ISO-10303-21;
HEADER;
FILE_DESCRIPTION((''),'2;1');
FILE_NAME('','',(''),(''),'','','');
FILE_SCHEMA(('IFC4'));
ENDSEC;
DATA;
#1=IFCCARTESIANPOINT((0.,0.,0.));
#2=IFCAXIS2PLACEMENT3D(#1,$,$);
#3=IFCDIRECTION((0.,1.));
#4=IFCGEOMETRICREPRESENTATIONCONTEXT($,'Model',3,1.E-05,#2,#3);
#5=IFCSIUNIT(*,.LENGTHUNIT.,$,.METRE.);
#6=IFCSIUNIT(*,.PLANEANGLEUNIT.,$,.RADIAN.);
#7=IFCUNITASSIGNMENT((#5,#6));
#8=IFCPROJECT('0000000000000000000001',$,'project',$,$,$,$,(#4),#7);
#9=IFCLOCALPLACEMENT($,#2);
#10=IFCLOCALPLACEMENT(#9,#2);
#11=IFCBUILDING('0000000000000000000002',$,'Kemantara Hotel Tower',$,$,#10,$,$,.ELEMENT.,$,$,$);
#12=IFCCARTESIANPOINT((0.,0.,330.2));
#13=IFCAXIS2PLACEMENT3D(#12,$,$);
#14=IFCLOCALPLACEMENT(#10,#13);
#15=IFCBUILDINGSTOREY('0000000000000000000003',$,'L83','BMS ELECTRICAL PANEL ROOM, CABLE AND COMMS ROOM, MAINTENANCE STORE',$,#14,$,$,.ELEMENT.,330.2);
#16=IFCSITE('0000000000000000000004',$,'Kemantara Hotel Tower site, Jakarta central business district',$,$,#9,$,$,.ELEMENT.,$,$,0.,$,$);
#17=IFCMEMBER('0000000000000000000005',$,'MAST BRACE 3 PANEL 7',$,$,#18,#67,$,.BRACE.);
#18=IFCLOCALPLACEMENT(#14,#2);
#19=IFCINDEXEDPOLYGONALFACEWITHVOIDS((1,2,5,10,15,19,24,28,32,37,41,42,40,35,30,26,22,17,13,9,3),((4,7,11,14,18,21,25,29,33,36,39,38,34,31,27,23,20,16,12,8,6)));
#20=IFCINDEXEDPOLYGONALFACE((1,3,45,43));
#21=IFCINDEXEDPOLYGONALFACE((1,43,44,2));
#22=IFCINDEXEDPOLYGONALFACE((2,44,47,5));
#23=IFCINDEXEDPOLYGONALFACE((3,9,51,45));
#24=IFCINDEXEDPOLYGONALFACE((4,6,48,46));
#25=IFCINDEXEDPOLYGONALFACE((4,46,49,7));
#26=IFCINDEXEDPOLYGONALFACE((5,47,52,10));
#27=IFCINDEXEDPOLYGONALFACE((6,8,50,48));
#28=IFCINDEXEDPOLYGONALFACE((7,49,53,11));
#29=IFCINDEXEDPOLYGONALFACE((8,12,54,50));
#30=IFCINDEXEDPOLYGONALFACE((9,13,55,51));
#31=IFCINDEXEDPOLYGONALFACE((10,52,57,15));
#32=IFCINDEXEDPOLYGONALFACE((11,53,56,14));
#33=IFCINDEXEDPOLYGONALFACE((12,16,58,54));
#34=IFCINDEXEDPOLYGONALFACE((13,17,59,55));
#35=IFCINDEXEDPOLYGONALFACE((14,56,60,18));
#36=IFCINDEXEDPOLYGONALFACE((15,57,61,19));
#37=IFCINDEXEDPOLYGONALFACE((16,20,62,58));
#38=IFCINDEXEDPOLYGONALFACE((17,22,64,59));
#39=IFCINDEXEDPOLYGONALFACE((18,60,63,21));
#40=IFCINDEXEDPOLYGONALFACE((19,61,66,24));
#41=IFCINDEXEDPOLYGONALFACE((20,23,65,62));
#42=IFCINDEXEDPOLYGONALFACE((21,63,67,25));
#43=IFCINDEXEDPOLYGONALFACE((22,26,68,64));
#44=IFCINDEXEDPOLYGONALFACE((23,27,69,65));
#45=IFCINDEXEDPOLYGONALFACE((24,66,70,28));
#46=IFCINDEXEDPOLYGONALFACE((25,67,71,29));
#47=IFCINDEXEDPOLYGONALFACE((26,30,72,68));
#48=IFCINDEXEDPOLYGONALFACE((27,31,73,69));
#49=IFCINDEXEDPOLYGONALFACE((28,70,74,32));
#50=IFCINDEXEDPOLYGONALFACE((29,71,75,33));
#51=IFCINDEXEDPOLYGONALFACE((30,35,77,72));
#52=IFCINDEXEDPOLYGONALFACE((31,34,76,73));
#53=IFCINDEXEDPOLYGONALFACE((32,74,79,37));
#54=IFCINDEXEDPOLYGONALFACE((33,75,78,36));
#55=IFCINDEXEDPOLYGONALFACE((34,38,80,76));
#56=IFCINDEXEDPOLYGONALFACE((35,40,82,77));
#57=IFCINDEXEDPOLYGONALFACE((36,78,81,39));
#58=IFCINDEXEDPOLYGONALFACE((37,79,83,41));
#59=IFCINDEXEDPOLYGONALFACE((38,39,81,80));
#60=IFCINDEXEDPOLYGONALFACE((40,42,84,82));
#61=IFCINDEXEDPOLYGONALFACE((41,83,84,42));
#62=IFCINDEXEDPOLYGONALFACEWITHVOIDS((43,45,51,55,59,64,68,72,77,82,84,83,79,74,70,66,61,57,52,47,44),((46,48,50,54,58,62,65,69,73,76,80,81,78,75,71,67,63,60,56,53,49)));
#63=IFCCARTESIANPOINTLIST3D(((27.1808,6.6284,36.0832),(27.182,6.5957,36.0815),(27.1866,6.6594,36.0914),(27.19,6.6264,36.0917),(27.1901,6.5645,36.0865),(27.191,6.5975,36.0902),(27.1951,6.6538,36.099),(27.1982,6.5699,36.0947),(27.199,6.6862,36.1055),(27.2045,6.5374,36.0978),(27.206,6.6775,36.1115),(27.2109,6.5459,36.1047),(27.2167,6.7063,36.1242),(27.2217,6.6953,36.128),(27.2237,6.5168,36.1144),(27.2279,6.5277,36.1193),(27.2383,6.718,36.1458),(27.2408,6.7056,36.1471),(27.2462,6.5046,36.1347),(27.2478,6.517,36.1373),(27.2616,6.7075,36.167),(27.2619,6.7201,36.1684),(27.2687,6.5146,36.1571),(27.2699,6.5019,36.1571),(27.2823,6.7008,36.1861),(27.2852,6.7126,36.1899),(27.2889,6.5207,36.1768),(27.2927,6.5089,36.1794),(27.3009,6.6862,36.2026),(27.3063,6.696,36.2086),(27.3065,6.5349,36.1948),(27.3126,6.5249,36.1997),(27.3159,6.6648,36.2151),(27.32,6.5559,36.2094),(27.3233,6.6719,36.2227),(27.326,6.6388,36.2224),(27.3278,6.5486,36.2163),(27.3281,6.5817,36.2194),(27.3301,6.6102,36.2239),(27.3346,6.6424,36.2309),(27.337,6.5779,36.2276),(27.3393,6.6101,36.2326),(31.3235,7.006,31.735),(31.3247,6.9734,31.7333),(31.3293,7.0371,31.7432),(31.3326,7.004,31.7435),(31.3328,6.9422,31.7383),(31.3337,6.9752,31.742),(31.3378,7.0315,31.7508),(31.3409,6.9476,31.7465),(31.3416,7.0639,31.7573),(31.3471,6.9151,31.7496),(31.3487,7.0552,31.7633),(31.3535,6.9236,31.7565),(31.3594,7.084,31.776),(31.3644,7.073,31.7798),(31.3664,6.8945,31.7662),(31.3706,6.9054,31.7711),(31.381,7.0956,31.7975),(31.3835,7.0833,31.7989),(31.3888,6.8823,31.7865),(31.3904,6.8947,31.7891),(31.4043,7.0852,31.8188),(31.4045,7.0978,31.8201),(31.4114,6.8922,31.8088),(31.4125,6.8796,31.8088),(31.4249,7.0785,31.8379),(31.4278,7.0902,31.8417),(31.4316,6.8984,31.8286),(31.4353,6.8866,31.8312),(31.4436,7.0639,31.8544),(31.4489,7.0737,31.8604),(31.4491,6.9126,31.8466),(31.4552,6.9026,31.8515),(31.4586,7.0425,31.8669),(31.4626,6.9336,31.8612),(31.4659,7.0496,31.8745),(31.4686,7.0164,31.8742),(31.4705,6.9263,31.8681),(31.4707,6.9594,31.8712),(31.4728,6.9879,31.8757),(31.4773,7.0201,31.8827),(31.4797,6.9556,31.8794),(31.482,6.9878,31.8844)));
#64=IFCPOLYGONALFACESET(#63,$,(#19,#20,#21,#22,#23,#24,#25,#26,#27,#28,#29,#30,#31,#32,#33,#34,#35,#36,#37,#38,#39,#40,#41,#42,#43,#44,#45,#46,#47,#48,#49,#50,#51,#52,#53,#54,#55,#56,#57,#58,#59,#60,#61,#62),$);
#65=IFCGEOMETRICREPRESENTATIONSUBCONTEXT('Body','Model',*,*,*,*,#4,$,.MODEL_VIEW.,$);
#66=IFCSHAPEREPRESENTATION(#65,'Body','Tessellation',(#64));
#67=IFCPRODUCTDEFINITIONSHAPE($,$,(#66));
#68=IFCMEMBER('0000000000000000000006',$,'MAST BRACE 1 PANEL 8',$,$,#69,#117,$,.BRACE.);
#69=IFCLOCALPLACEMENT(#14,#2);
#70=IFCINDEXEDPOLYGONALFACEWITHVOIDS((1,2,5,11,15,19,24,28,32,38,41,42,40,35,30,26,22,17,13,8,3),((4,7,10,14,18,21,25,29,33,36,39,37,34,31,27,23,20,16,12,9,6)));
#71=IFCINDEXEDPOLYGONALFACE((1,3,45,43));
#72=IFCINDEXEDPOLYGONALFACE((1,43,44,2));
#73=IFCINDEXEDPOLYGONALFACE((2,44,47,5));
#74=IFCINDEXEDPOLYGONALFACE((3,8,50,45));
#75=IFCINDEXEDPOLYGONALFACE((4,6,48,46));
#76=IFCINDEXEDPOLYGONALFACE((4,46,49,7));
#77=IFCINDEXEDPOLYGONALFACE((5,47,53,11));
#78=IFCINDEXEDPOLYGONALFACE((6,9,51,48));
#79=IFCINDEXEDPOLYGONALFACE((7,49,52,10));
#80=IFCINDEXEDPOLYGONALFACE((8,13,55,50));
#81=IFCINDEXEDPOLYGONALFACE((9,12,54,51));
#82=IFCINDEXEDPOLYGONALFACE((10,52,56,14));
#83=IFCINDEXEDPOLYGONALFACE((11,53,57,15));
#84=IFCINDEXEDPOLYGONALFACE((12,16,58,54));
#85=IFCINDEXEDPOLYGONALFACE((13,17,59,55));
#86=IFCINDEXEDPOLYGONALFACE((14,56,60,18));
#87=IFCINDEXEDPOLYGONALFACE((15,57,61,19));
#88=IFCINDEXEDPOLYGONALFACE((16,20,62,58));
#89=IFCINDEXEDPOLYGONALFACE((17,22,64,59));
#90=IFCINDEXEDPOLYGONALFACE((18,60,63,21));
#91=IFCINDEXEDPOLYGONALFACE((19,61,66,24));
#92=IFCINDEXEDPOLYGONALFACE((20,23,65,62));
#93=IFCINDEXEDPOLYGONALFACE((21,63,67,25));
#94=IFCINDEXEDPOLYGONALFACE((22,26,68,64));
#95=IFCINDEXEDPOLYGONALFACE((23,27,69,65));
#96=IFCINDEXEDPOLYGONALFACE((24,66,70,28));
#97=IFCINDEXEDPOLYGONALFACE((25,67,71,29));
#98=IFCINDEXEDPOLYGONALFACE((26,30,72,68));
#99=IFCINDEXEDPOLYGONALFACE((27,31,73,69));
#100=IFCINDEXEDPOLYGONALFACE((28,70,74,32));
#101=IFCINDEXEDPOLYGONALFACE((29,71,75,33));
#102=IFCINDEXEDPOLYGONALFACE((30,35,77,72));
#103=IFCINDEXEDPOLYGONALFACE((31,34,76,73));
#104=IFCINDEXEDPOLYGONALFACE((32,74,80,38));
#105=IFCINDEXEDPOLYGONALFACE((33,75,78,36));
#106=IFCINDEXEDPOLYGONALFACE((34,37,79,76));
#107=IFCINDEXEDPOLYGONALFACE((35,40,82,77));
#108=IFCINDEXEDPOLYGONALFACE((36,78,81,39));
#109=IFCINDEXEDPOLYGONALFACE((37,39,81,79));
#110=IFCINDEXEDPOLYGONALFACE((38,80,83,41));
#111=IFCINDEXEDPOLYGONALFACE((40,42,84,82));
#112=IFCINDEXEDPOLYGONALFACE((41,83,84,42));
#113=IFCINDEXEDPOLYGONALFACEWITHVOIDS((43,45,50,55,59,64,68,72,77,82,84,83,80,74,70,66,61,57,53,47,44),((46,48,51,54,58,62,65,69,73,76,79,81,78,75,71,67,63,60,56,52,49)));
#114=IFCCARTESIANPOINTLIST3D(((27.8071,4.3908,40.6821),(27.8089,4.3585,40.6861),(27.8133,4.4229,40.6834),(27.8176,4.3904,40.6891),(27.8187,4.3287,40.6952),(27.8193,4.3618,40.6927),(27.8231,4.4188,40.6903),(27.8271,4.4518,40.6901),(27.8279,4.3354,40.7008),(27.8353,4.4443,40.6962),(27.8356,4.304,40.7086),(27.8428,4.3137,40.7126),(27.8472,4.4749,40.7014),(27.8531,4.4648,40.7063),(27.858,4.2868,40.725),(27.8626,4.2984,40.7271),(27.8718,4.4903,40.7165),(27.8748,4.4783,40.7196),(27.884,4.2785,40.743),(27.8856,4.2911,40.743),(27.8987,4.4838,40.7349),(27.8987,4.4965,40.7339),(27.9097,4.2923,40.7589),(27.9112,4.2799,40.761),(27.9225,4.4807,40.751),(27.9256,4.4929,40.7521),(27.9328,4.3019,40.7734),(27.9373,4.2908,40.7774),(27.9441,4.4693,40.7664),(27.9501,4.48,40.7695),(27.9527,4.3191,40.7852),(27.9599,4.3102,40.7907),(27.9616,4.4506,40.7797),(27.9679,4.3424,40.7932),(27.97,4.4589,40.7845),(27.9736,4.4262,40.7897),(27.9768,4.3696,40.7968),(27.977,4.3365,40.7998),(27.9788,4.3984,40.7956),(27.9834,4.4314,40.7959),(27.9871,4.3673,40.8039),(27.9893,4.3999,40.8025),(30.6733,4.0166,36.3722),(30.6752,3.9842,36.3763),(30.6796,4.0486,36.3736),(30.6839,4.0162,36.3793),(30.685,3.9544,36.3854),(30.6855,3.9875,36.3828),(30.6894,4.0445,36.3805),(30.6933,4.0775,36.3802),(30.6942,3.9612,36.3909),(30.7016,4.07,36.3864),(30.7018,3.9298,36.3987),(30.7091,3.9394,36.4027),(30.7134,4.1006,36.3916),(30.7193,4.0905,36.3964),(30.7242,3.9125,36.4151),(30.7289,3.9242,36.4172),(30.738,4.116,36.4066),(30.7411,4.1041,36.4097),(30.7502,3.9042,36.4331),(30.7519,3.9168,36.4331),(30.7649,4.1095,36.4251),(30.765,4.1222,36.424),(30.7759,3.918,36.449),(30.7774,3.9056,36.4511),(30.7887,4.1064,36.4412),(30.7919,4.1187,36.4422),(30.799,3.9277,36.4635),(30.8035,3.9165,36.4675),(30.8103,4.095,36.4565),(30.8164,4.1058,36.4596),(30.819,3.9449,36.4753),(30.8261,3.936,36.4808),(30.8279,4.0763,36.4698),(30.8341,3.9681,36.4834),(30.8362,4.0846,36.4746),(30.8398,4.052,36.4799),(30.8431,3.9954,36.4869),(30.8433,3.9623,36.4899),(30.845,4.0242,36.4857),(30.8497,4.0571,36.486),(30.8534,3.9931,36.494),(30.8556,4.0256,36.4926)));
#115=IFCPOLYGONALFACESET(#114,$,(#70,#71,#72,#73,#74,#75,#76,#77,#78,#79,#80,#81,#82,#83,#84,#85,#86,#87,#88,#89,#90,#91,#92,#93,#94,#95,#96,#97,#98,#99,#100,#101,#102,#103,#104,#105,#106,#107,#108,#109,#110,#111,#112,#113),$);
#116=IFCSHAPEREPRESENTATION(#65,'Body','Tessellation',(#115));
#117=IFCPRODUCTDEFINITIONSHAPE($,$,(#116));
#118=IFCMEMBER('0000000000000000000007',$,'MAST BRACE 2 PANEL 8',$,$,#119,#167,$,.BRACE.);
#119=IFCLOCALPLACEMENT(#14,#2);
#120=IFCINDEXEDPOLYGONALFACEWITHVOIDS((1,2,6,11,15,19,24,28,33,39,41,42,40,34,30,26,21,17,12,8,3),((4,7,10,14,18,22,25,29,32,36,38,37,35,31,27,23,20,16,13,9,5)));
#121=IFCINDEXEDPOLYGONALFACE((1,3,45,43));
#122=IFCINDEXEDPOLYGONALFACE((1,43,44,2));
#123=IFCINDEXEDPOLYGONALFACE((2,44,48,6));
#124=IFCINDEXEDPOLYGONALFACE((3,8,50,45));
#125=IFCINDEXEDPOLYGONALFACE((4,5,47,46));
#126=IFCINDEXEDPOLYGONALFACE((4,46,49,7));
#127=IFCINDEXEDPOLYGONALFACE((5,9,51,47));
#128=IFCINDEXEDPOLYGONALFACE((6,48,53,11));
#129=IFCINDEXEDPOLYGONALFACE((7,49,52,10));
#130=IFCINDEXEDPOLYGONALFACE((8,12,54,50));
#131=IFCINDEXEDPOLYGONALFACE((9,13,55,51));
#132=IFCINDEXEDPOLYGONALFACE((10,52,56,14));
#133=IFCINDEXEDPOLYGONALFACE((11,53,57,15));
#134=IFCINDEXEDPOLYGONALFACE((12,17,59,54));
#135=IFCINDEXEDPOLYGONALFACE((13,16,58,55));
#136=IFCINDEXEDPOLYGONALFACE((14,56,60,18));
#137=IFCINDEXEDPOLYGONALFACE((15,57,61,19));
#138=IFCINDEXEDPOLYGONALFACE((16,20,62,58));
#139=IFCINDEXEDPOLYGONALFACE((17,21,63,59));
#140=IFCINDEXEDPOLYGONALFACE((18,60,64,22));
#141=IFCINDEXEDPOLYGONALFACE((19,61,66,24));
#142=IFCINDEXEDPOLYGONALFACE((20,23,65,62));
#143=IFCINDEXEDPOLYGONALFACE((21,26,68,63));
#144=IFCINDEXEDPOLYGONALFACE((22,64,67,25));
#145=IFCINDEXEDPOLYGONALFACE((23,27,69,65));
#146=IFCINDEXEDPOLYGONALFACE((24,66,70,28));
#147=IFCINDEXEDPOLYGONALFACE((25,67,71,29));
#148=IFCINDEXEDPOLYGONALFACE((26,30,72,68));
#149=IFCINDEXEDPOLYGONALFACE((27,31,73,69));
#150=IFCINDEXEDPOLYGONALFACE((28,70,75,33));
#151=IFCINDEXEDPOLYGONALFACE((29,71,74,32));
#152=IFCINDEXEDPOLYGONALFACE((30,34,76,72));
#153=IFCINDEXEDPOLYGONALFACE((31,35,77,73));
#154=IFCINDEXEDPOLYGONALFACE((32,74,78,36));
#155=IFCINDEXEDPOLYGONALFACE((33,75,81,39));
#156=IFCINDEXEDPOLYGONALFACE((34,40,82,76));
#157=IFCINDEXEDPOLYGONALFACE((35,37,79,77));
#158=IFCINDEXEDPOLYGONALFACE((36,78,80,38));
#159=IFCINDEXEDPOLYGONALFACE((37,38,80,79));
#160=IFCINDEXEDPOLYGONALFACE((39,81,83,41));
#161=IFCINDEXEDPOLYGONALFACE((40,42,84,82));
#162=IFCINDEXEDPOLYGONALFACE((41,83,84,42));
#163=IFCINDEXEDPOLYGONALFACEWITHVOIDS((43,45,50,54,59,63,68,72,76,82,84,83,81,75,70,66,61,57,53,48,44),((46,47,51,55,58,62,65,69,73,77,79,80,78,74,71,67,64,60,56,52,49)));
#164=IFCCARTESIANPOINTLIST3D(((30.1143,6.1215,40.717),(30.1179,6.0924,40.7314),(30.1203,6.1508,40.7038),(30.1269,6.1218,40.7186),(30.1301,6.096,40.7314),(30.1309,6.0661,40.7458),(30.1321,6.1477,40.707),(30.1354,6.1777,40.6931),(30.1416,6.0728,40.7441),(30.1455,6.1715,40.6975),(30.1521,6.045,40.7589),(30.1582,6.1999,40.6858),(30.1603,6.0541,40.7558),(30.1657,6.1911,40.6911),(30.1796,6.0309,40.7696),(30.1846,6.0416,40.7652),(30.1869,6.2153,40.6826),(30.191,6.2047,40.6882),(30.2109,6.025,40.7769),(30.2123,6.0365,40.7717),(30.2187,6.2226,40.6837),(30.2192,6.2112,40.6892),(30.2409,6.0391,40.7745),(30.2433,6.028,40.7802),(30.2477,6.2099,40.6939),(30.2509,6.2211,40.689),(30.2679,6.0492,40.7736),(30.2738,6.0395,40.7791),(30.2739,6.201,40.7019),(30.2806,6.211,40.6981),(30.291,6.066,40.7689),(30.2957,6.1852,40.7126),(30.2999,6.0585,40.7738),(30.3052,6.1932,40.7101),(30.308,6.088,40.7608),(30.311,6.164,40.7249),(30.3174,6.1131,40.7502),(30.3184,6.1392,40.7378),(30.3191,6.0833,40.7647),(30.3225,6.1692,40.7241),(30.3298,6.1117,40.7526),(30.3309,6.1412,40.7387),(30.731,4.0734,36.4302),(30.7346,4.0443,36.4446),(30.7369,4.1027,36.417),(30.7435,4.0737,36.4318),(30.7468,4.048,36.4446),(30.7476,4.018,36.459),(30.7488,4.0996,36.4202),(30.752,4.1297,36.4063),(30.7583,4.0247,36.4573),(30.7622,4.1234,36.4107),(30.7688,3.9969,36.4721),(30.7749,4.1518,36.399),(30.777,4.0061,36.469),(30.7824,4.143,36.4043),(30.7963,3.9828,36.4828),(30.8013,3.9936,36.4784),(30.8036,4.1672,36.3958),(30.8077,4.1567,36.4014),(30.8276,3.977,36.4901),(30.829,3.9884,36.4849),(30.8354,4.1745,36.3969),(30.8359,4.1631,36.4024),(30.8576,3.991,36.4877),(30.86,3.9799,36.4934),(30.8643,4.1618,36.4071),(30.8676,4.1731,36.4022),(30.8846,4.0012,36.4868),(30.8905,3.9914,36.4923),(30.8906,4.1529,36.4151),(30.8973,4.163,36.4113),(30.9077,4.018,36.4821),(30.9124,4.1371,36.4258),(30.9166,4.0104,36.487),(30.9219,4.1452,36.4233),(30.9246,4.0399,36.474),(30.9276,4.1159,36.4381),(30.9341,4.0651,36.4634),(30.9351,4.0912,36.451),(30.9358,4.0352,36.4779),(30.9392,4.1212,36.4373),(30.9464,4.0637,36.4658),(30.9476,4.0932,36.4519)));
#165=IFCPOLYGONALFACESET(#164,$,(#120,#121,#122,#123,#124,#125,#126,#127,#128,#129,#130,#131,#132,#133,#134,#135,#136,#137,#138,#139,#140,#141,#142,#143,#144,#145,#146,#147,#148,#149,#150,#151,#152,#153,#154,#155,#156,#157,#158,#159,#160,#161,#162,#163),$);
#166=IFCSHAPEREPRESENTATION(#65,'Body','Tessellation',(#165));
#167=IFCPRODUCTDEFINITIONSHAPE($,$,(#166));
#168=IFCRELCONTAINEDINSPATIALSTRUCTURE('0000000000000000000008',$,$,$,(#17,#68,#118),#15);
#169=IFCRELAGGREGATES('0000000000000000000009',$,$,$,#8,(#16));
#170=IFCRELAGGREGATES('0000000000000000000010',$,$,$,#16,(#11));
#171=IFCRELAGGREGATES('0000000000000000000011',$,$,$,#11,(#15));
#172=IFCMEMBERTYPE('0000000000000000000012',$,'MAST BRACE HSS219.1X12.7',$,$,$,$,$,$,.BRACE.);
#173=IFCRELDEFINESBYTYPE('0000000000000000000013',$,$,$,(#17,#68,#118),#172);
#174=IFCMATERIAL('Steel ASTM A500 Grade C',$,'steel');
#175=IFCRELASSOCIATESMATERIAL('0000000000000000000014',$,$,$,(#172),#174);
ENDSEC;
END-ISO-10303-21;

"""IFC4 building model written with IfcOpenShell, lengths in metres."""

from ifc_helpers import new_model, si_unit, direction, frame, origin, origin_2d, place, context, subcontext, project, spatial, hollow_circle, extrude, material, material_profile, profile_set, type_object, element, save


model = new_model("IFC4")

# Units and contexts
model_context = context("Model", 3, precision=1e-05, world=origin(), true_north=direction((0.0, 1.0)))
body_context = subcontext(model_context, "Body", "Model", "MODEL_VIEW")
ifc_project = project(units=[si_unit("LENGTHUNIT", "METRE"), si_unit("PLANEANGLEUNIT", "RADIAN")], contexts=[model_context])

# Site, building, storey
site_placement = place(None, origin())
site = spatial("IfcSite", under=ifc_project, at=site_placement, Name="Kemantara Hotel Tower site, Jakarta central business district", CompositionType="ELEMENT", RefElevation=0.0)
building_placement = place(site_placement, origin())
building = spatial("IfcBuilding", under=site, at=building_placement, Name="Kemantara Hotel Tower", CompositionType="ELEMENT")
storey_placement = place(building_placement, frame((0.0, 0.0, 330.2)))
storey = spatial("IfcBuildingStorey", under=building, at=storey_placement, Name="L83", Description="BMS ELECTRICAL PANEL ROOM, CABLE AND COMMS ROOM, MAINTENANCE STORE", CompositionType="ELEMENT", Elevation=330.2)

# Members
ifc_material = material(Name="Steel ASTM A500 Grade C", Category="steel")
ifc_material_profile_1 = material_profile(ifc_material, hollow_circle(Radius=0.1096, WallThickness=0.0127, at=origin_2d()), Name="HSS219.1X12.7")
ifc_profile_set_1 = profile_set([ifc_material_profile_1], Name="Steel ASTM A500 Grade C")
member_type_1 = type_object("IfcMemberType", Name="MAST BRACE HSS219.1X12.7", PredefinedType="BRACE", material=ifc_profile_set_1)
member_1_placement = place(storey_placement, frame((31.4026, 6.9888, 31.8088), z_axis=(-0.688425, -0.062765, 0.722587), x_axis=(0.090795, -0.99587, 0.0)))
element("IfcMember", 1, at=member_1_placement, inside=storey, type_object=member_type_1, Name="MAST BRACE 3 PANEL 7", PredefinedType="BRACE", context=body_context, shape_type="SweptSolid", body=[
    extrude(hollow_circle(Radius=0.1096, WallThickness=0.0127, at=origin_2d()), origin(), (0.0, 0.0, 1.0), 6.0176),
])
member_2_placement = place(storey_placement, frame((30.7644, 4.0129, 36.4331), z_axis=(-0.552322, 0.072122, 0.830505), x_axis=(-0.12948, -0.991582, 0.0)))
element("IfcMember", 2, at=member_2_placement, inside=storey, type_object=member_type_1, Name="MAST BRACE 1 PANEL 8", PredefinedType="BRACE", context=body_context, shape_type="SweptSolid", body=[
    extrude(hollow_circle(Radius=0.1096, WallThickness=0.0127, at=origin_2d()), origin(), (0.0, 0.0, 1.0), 5.1895),
])
member_3_placement = place(storey_placement, frame((30.8396, 4.0759, 36.4446), z_axis=(-0.128724, 0.427502, 0.894803), x_axis=(-0.957534, -0.288322, 0.0)))
element("IfcMember", 3, at=member_3_placement, inside=storey, type_object=member_type_1, Name="MAST BRACE 2 PANEL 8", PredefinedType="BRACE", context=body_context, shape_type="SweptSolid", body=[
    extrude(hollow_circle(Radius=0.1096, WallThickness=0.0127, at=origin_2d()), origin(), (0.0, 0.0, 1.0), 4.7908),
])

save(model, "model.ifc")
